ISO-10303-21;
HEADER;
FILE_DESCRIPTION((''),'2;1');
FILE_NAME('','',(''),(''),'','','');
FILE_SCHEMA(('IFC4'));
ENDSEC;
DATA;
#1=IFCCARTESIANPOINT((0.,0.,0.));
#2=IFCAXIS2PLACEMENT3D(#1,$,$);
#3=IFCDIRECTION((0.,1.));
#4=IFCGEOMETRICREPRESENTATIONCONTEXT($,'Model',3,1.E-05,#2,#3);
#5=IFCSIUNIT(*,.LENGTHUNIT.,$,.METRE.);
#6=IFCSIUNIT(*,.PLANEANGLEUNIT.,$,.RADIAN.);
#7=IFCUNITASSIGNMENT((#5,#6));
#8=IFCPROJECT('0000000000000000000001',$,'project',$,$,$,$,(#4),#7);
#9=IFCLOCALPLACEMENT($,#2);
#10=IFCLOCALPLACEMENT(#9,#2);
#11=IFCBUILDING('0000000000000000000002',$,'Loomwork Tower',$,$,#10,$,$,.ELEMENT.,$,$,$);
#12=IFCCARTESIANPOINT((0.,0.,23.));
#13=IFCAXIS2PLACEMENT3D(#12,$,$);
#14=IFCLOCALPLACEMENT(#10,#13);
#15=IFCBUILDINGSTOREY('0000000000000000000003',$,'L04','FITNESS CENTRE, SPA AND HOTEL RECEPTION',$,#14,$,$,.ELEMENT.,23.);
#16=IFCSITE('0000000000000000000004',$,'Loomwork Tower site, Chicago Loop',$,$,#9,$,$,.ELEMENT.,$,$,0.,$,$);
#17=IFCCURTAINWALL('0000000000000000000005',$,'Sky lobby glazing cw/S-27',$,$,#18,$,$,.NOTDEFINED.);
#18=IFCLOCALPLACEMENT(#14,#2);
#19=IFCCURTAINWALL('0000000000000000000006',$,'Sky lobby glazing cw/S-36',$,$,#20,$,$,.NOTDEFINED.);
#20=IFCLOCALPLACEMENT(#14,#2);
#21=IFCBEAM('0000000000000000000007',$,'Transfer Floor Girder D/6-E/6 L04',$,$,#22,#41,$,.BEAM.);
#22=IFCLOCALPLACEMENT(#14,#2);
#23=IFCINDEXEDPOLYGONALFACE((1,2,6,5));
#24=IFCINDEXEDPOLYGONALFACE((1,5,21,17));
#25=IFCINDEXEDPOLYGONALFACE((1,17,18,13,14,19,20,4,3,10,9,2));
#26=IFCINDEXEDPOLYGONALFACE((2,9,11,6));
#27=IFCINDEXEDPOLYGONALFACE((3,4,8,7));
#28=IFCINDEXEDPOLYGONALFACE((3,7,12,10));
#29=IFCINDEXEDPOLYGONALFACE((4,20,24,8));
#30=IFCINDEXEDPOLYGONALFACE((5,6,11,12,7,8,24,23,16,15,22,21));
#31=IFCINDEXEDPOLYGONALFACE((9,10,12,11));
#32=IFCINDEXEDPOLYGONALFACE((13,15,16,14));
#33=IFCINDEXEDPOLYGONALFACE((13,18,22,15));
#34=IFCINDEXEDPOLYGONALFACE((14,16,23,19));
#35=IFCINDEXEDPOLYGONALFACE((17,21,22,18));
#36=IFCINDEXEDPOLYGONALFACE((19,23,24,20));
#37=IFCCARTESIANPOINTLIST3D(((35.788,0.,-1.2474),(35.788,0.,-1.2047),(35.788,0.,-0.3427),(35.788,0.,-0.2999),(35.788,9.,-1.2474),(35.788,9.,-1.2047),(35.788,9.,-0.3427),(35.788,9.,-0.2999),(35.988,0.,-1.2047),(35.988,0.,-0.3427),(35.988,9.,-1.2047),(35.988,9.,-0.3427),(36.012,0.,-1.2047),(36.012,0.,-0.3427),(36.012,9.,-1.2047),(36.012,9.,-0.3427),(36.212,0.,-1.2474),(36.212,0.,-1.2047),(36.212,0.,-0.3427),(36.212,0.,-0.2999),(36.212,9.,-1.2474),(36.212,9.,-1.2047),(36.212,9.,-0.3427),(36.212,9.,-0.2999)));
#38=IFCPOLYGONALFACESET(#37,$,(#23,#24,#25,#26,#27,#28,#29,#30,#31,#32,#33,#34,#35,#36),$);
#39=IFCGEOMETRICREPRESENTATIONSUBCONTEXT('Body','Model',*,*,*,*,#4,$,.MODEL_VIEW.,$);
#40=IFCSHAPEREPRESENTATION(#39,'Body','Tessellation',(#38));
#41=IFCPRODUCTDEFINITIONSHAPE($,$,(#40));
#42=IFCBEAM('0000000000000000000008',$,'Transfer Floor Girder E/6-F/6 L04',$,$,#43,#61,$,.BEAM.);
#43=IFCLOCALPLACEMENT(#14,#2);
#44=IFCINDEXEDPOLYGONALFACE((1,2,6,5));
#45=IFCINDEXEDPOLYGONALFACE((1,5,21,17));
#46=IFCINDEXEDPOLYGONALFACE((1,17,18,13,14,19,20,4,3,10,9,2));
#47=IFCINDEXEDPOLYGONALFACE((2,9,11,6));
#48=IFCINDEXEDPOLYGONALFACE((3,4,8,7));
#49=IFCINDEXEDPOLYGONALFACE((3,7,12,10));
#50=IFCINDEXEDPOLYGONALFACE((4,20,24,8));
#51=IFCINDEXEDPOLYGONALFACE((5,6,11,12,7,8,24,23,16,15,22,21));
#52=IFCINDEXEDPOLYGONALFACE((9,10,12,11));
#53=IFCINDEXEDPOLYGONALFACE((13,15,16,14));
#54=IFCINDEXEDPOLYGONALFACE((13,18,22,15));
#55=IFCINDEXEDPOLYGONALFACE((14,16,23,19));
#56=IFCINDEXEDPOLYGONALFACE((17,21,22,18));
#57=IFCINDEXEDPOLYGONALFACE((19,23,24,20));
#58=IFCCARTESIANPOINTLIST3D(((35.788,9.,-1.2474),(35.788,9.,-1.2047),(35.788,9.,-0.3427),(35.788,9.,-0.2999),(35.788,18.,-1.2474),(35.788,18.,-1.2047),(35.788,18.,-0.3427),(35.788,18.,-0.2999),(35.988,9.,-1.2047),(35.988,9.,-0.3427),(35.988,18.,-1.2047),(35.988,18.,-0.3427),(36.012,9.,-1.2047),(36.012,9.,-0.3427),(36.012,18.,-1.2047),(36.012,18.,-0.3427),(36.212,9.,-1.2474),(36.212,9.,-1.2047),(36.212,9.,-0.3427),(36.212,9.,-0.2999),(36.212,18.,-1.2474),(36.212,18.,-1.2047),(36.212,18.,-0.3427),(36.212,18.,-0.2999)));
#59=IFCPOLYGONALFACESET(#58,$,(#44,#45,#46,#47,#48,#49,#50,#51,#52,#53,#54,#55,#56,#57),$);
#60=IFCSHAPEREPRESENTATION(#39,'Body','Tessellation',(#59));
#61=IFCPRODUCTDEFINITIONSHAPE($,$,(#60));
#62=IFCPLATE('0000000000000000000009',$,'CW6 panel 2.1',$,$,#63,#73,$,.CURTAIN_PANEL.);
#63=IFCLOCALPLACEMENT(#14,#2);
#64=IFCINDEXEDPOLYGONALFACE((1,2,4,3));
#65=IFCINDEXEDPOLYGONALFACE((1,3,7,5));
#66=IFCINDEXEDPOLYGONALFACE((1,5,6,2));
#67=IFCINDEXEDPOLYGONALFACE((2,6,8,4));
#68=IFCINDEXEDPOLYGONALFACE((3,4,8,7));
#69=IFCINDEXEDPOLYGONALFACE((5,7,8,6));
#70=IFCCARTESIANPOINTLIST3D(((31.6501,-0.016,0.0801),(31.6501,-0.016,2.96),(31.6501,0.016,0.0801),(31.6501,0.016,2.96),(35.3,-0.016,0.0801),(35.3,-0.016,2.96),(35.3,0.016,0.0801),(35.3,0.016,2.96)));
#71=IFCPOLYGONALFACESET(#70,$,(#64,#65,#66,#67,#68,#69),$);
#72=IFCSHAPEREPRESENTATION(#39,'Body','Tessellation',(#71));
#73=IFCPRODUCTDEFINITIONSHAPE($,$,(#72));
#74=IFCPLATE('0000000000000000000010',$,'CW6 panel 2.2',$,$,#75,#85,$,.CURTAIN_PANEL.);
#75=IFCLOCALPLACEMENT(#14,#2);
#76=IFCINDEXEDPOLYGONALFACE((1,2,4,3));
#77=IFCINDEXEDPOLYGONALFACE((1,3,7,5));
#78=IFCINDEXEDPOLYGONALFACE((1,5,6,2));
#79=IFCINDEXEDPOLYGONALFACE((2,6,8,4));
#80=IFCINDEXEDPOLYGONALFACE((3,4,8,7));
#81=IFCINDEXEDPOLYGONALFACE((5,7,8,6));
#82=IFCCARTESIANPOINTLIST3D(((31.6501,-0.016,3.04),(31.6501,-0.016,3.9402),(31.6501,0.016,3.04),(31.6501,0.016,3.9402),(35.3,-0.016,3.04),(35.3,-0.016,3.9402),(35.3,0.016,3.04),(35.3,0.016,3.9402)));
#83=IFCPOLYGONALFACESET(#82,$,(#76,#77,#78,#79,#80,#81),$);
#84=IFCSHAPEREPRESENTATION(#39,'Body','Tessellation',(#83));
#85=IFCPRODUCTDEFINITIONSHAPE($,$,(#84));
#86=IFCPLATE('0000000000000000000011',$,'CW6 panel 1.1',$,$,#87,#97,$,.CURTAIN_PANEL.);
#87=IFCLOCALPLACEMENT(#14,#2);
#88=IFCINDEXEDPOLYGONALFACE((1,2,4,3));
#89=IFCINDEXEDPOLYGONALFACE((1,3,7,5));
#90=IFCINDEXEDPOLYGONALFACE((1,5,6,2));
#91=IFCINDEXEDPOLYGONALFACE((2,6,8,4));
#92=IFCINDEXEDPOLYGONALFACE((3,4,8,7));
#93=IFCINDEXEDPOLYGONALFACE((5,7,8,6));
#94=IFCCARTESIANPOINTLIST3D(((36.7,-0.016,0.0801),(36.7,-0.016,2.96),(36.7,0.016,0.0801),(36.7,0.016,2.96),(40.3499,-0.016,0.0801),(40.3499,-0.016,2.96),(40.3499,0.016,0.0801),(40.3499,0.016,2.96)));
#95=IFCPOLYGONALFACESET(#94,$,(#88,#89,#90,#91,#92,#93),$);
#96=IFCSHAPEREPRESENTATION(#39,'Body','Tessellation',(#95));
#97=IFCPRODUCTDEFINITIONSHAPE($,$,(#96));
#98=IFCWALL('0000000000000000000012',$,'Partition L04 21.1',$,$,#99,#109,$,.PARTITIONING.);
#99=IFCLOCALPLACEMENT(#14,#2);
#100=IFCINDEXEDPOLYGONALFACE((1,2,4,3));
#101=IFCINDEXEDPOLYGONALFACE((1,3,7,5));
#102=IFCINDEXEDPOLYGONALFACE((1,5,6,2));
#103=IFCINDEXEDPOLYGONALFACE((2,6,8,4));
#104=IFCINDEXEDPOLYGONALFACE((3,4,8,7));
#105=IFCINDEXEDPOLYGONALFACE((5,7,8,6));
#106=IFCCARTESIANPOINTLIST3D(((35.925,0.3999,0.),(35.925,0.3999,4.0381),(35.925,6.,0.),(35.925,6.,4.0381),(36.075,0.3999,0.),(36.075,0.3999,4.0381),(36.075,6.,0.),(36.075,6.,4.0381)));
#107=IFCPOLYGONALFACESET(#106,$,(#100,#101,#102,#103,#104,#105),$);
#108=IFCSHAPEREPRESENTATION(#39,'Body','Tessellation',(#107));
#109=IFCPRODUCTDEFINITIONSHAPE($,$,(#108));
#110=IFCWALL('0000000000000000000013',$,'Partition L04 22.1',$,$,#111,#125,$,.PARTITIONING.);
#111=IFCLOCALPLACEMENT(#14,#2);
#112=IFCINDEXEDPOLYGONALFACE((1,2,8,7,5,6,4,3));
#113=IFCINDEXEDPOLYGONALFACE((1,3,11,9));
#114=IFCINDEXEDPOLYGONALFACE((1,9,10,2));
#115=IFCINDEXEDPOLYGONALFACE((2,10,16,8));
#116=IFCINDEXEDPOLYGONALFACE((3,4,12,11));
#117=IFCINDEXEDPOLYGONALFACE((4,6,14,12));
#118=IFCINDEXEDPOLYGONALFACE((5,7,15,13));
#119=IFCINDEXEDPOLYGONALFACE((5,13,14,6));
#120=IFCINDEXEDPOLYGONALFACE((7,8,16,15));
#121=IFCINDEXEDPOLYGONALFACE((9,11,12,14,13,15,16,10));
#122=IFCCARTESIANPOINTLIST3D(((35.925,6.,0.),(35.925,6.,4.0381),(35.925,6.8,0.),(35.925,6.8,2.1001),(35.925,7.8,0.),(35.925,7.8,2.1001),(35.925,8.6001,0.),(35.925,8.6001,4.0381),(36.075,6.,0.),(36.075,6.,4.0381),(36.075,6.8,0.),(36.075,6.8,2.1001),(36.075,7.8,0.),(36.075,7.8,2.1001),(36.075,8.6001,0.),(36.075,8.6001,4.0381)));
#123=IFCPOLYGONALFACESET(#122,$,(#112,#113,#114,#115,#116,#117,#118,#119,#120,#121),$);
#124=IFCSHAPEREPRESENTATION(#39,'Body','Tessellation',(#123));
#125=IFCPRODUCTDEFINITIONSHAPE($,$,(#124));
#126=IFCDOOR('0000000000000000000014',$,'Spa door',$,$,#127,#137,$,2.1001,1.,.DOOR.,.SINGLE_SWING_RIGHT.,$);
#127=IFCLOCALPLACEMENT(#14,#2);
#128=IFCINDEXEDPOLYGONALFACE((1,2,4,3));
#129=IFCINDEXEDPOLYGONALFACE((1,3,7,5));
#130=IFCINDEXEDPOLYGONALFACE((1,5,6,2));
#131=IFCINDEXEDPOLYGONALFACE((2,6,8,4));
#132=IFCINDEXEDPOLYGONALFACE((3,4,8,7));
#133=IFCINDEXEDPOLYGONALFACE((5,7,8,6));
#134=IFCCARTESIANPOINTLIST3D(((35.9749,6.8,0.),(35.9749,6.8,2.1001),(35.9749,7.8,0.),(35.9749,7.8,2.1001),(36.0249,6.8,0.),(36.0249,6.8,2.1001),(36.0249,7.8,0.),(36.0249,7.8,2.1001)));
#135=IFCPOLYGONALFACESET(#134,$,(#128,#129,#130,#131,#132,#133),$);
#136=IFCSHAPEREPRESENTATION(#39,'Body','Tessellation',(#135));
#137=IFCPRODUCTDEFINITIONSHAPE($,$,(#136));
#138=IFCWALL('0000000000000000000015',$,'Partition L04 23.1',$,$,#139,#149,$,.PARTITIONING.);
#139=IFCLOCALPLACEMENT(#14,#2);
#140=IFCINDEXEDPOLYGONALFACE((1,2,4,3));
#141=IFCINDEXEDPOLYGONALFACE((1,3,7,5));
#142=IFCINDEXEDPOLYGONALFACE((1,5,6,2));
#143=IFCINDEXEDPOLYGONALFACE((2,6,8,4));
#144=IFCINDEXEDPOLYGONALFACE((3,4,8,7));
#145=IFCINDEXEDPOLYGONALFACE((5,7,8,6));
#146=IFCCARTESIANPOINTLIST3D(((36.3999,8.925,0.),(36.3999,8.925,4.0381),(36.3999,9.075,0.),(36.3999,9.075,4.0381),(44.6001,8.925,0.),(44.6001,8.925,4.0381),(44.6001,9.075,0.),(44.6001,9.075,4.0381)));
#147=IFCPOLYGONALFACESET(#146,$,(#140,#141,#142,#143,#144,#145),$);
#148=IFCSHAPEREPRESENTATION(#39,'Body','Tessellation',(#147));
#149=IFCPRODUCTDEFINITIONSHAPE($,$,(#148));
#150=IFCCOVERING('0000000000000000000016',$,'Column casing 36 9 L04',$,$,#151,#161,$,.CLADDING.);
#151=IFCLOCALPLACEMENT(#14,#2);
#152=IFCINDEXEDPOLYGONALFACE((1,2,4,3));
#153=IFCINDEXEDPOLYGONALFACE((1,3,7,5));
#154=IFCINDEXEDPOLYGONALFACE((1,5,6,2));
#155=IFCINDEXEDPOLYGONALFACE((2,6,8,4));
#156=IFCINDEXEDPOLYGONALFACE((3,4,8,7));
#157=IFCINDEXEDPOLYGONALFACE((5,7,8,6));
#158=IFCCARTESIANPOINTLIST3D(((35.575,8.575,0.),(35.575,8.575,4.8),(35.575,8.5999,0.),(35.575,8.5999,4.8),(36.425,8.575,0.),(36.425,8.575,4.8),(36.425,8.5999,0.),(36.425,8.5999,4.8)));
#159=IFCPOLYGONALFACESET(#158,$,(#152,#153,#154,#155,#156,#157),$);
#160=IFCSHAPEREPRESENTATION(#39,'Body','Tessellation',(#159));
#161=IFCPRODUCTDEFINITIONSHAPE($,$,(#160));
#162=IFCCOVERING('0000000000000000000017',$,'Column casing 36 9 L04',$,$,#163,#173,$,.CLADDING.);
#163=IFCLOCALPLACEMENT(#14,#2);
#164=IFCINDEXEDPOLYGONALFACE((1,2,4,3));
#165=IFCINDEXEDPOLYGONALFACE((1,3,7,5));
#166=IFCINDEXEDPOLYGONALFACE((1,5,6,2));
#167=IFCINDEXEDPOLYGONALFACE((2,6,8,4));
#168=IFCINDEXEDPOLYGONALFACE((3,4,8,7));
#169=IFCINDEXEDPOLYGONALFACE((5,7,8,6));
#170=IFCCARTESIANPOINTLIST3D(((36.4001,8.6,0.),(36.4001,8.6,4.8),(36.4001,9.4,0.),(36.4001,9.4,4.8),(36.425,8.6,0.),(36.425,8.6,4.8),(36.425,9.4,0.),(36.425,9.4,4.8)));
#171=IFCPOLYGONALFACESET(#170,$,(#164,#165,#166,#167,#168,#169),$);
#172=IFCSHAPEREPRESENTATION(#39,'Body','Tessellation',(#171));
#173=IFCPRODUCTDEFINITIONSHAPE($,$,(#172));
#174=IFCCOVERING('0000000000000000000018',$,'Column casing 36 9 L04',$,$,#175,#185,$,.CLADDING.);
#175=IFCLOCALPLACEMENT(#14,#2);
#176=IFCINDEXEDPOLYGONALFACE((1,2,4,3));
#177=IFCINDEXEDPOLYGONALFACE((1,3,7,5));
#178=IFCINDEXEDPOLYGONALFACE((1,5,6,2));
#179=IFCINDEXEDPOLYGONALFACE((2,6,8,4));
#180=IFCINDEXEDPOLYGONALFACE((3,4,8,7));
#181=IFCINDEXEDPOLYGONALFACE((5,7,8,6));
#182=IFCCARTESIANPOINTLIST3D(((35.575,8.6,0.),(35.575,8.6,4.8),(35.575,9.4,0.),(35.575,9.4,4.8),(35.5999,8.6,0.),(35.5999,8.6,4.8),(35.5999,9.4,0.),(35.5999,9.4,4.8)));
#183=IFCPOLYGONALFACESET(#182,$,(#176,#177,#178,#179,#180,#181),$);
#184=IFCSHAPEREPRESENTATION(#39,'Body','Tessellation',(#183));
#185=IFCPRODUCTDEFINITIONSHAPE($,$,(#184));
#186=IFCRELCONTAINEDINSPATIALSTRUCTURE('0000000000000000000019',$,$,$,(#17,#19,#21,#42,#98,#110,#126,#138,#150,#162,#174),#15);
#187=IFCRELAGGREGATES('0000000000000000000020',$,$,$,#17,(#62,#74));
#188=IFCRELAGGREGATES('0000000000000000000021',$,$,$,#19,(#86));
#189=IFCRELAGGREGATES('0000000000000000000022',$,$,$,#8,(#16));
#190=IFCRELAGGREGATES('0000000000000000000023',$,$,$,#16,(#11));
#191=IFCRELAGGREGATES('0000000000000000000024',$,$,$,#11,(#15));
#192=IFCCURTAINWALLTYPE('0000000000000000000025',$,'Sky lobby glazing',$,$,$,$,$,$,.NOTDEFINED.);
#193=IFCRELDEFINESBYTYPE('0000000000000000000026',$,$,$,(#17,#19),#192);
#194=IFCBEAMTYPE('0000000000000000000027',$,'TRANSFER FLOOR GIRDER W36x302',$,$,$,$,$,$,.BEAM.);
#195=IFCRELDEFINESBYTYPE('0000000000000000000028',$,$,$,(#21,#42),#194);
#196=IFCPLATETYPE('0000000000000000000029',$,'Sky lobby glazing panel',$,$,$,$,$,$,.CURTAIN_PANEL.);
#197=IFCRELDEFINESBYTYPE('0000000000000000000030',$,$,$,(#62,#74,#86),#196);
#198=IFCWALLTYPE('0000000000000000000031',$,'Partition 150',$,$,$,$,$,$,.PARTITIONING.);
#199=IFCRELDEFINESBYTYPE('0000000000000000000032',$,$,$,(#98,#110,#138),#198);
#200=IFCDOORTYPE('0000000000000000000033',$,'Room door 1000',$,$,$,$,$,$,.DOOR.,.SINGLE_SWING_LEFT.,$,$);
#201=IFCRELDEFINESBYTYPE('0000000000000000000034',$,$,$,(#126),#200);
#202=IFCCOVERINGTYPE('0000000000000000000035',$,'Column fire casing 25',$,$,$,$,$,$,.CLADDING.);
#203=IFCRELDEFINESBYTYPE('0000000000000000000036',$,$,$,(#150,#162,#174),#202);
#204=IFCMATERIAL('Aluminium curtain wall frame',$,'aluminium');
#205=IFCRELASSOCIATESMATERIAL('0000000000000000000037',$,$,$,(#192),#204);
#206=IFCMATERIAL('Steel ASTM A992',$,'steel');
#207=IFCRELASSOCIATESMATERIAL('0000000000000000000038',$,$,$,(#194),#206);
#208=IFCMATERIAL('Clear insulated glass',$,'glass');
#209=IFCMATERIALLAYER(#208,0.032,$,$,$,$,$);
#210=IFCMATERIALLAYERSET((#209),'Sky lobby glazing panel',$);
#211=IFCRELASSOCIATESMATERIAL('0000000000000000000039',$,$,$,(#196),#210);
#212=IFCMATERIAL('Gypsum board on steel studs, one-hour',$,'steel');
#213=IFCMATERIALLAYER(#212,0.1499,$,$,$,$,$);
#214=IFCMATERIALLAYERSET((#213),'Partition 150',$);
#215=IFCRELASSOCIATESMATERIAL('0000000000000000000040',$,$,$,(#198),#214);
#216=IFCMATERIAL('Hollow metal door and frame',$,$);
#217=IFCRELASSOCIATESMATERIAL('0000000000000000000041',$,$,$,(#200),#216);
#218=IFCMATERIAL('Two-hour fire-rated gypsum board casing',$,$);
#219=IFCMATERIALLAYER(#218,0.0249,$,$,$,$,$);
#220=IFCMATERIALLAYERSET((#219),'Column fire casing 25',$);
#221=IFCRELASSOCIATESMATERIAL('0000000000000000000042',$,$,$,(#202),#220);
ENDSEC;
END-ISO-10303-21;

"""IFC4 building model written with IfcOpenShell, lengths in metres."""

from ifc_helpers import new_model, si_unit, direction, frame, frame_2d, origin, origin_2d, place, context, subcontext, project, spatial, rectangle, i_section, extrude, material, layer, layer_set, material_profile, profile_set, type_object, element, fill, aggregate, save


model = new_model("IFC4")

# Units and contexts
model_context = context("Model", 3, precision=1e-05, world=origin(), true_north=direction((0.0, 1.0)))
body_context = subcontext(model_context, "Body", "Model", "MODEL_VIEW")
ifc_project = project(units=[si_unit("LENGTHUNIT", "METRE"), si_unit("PLANEANGLEUNIT", "RADIAN")], contexts=[model_context])

# Site, building, storey
site_placement = place(None, origin())
site = spatial("IfcSite", under=ifc_project, at=site_placement, Name="Loomwork Tower site, Chicago Loop", CompositionType="ELEMENT", RefElevation=0.0)
building_placement = place(site_placement, origin())
building = spatial("IfcBuilding", under=site, at=building_placement, Name="Loomwork Tower", CompositionType="ELEMENT")
storey_placement = place(building_placement, frame((0.0, 0.0, 23.0)))
storey = spatial("IfcBuildingStorey", under=building, at=storey_placement, Name="L04", Description="FITNESS CENTRE, SPA AND HOTEL RECEPTION", CompositionType="ELEMENT", Elevation=23.0)

# Curtain walls
ifc_material_1 = material(Name="Aluminium curtain wall frame", Category="aluminium")
curtain_wall_type = type_object("IfcCurtainWallType", Name="Sky lobby glazing", PredefinedType="NOTDEFINED", material=ifc_material_1)
curtain_wall_1_placement = place(storey_placement, origin())
curtain_wall_1 = element("IfcCurtainWall", 1, at=curtain_wall_1_placement, inside=storey, type_object=curtain_wall_type, Name="Sky lobby glazing cw/S-27", PredefinedType="NOTDEFINED")
curtain_wall_2_placement = place(storey_placement, origin())
curtain_wall_2 = element("IfcCurtainWall", 2, at=curtain_wall_2_placement, inside=storey, type_object=curtain_wall_type, Name="Sky lobby glazing cw/S-36", PredefinedType="NOTDEFINED")

# Beams
ifc_material_2 = material(Name="Steel ASTM A992", Category="steel")
ifc_material_profile_1 = material_profile(ifc_material_2, i_section(OverallWidth=0.4241, OverallDepth=0.9475, WebThickness=0.0239, FlangeThickness=0.0427, at=origin_2d()), Name="W36x302")
ifc_profile_set_1 = profile_set([ifc_material_profile_1], Name="Steel ASTM A992")
beam_type_1 = type_object("IfcBeamType", Name="TRANSFER FLOOR GIRDER W36x302", PredefinedType="BEAM", material=ifc_profile_set_1)
for number, where, z_axis, x_axis, name in (
    (3, (36.0, 0.0, -0.7737), (0.0, 1.0, 0.0), (-1.0, 0.0, 0.0), "Transfer Floor Girder D/6-E/6 L04"),
    (4, (36.0, 9.0, -0.7737), (0.0, 1.0, 0.0), (-1.0, 0.0, 0.0), "Transfer Floor Girder E/6-F/6 L04"),
):
    element("IfcBeam", number, at=place(storey_placement, frame(where, z_axis=z_axis, x_axis=x_axis)), inside=storey, type_object=beam_type_1, Name=name, PredefinedType="BEAM", context=body_context, shape_type="SweptSolid", body=[
        extrude(i_section(OverallWidth=0.4241, OverallDepth=0.9475, WebThickness=0.0239, FlangeThickness=0.0427, at=origin_2d()), origin(), (0.0, 0.0, 1.0), 9.0),
    ])

# Plates
ifc_material_3 = material(Name="Clear insulated glass", Category="glass")
ifc_layer_1 = layer(ifc_material_3, 0.032)
ifc_layer_set_1 = layer_set([ifc_layer_1], Name="Sky lobby glazing panel")
plate_type = type_object("IfcPlateType", Name="Sky lobby glazing panel", PredefinedType="CURTAIN_PANEL", material=ifc_layer_set_1)
plate_1_placement = place(storey_placement, frame((33.4751, 0.0, 0.0801), z_axis=(0.0, 0.0, 1.0), x_axis=(1.0, 0.0, 0.0)))
plate_1 = element("IfcPlate", 5, at=plate_1_placement, type_object=plate_type, Name="CW6 panel 2.1", PredefinedType="CURTAIN_PANEL", context=body_context, shape_type="SweptSolid", body=[
    extrude(rectangle(XDim=3.6499, YDim=0.032, at=origin_2d()), origin(), (0.0, 0.0, 1.0), 2.8799),
])
plate_2_placement = place(storey_placement, frame((33.4751, 0.0, 3.04), z_axis=(0.0, 0.0, 1.0), x_axis=(1.0, 0.0, 0.0)))
plate_2 = element("IfcPlate", 6, at=plate_2_placement, type_object=plate_type, Name="CW6 panel 2.2", PredefinedType="CURTAIN_PANEL", context=body_context, shape_type="SweptSolid", body=[
    extrude(rectangle(XDim=3.6499, YDim=0.032, at=origin_2d()), origin(), (0.0, 0.0, 1.0), 0.9001),
])
aggregate(curtain_wall_1, [plate_1, plate_2])
plate_3_placement = place(storey_placement, frame((38.5249, 0.0, 0.0801), z_axis=(0.0, 0.0, 1.0), x_axis=(1.0, 0.0, 0.0)))
plate_3 = element("IfcPlate", 7, at=plate_3_placement, type_object=plate_type, Name="CW6 panel 1.1", PredefinedType="CURTAIN_PANEL", context=body_context, shape_type="SweptSolid", body=[
    extrude(rectangle(XDim=3.6499, YDim=0.032, at=origin_2d()), origin(), (0.0, 0.0, 1.0), 2.8799),
])
aggregate(curtain_wall_2, [plate_3])

# Wall
ifc_material_4 = material(Name="Gypsum board on steel studs, one-hour", Category="steel")
ifc_layer_2 = layer(ifc_material_4, 0.1499)
ifc_layer_set_2 = layer_set([ifc_layer_2], Name="Partition 150")
wall_type = type_object("IfcWallType", Name="Partition 150", PredefinedType="PARTITIONING", material=ifc_layer_set_2)
wall_1_placement = place(storey_placement, frame((36.0, 0.3999, 0.0), z_axis=(0.0, 0.0, 1.0), x_axis=(0.0, 1.0, 0.0)))
element("IfcWall", 8, at=wall_1_placement, inside=storey, type_object=wall_type, Name="Partition L04 21.1", PredefinedType="PARTITIONING", context=body_context, shape_type="SweptSolid", body=[
    extrude(rectangle(XDim=5.6001, YDim=0.1499, at=frame_2d((2.8, 0.0))), origin(), (0.0, 0.0, 1.0), 4.0381),
])

# Wall, opening, door
wall_2_placement = place(storey_placement, frame((36.0, 6.0, 0.0), z_axis=(0.0, 0.0, 1.0), x_axis=(0.0, 1.0, 0.0)))
wall_2 = element("IfcWall", 9, at=wall_2_placement, inside=storey, type_object=wall_type, Name="Partition L04 22.1", PredefinedType="PARTITIONING", context=body_context, shape_type="SweptSolid", body=[
    extrude(rectangle(XDim=2.6001, YDim=0.1499, at=frame_2d((1.3, 0.0))), origin(), (0.0, 0.0, 1.0), 4.0381),
])
opening_placement = place(wall_2_placement, frame((0.8, 0.0, 0.0)))
opening = element("IfcOpeningElement", 10, at=opening_placement, cuts=wall_2, PredefinedType="OPENING", context=body_context, shape_type="SweptSolid", body=[
    extrude(rectangle(XDim=1.0, YDim=2.1001, at=frame_2d((0.5, 1.05))), frame((0.0, 0.085, 0.0), z_axis=(0.0, -1.0, 0.0), x_axis=(1.0, 0.0, 0.0)), (0.0, 0.0, 1.0), 0.1699),
])
ifc_material_5 = material(Name="Hollow metal door and frame")
door_type = type_object("IfcDoorType", Name="Room door 1000", OperationType="SINGLE_SWING_LEFT", PredefinedType="DOOR", material=ifc_material_5)
door_placement = place(opening_placement, frame((1.0, 0.0, 0.0), z_axis=(0.0, 0.0, 1.0), x_axis=(-1.0, 0.0, 0.0)))
door = element("IfcDoor", 11, at=door_placement, inside=storey, type_object=door_type, Name="Spa door", OperationType="SINGLE_SWING_RIGHT", OverallHeight=2.1001, OverallWidth=1.0, PredefinedType="DOOR", context=body_context, shape_type="SweptSolid", body=[
    extrude(rectangle(XDim=1.0, YDim=2.1001, at=frame_2d((0.5, 1.05))), frame((0.0, 0.0249, 0.0), z_axis=(0.0, -1.0, 0.0), x_axis=(1.0, 0.0, 0.0)), (0.0, 0.0, 1.0), 0.05),
])
fill(opening, door)

# Wall
wall_3_placement = place(storey_placement, frame((36.3999, 9.0, 0.0), z_axis=(0.0, 0.0, 1.0), x_axis=(1.0, 0.0, 0.0)))
element("IfcWall", 12, at=wall_3_placement, inside=storey, type_object=wall_type, Name="Partition L04 23.1", PredefinedType="PARTITIONING", context=body_context, shape_type="SweptSolid", body=[
    extrude(rectangle(XDim=8.2002, YDim=0.1499, at=frame_2d((4.1001, 0.0))), origin(), (0.0, 0.0, 1.0), 4.0381),
])

# Coverings
ifc_material_6 = material(Name="Two-hour fire-rated gypsum board casing")
ifc_layer_3 = layer(ifc_material_6, 0.0249)
ifc_layer_set_3 = layer_set([ifc_layer_3], Name="Column fire casing 25")
covering_type = type_object("IfcCoveringType", Name="Column fire casing 25", PredefinedType="CLADDING", material=ifc_layer_set_3)
covering_placement = place(storey_placement, frame((36.0, 8.5874, 0.0), z_axis=(0.0, 0.0, 1.0), x_axis=(1.0, 0.0, 0.0)))
element("IfcCovering", 13, at=covering_placement, inside=storey, type_object=covering_type, Name="Column casing 36 9 L04", PredefinedType="CLADDING", context=body_context, shape_type="SweptSolid", body=[
    extrude(rectangle(XDim=0.8501, YDim=0.0249, at=origin_2d()), origin(), (0.0, 0.0, 1.0), 4.8),
])
for number, where, z_axis, x_axis, name in (
    (14, (36.4126, 9.0, 0.0), (0.0, 0.0, 1.0), (1.0, 0.0, 0.0), "Column casing 36 9 L04"),
    (15, (35.5874, 9.0, 0.0), (0.0, 0.0, 1.0), (1.0, 0.0, 0.0), "Column casing 36 9 L04"),
):
    element("IfcCovering", number, at=place(storey_placement, frame(where, z_axis=z_axis, x_axis=x_axis)), inside=storey, type_object=covering_type, Name=name, PredefinedType="CLADDING", context=body_context, shape_type="SweptSolid", body=[
        extrude(rectangle(XDim=0.0249, YDim=0.8, at=origin_2d()), origin(), (0.0, 0.0, 1.0), 4.8),
    ])

save(model, "model.ifc")
